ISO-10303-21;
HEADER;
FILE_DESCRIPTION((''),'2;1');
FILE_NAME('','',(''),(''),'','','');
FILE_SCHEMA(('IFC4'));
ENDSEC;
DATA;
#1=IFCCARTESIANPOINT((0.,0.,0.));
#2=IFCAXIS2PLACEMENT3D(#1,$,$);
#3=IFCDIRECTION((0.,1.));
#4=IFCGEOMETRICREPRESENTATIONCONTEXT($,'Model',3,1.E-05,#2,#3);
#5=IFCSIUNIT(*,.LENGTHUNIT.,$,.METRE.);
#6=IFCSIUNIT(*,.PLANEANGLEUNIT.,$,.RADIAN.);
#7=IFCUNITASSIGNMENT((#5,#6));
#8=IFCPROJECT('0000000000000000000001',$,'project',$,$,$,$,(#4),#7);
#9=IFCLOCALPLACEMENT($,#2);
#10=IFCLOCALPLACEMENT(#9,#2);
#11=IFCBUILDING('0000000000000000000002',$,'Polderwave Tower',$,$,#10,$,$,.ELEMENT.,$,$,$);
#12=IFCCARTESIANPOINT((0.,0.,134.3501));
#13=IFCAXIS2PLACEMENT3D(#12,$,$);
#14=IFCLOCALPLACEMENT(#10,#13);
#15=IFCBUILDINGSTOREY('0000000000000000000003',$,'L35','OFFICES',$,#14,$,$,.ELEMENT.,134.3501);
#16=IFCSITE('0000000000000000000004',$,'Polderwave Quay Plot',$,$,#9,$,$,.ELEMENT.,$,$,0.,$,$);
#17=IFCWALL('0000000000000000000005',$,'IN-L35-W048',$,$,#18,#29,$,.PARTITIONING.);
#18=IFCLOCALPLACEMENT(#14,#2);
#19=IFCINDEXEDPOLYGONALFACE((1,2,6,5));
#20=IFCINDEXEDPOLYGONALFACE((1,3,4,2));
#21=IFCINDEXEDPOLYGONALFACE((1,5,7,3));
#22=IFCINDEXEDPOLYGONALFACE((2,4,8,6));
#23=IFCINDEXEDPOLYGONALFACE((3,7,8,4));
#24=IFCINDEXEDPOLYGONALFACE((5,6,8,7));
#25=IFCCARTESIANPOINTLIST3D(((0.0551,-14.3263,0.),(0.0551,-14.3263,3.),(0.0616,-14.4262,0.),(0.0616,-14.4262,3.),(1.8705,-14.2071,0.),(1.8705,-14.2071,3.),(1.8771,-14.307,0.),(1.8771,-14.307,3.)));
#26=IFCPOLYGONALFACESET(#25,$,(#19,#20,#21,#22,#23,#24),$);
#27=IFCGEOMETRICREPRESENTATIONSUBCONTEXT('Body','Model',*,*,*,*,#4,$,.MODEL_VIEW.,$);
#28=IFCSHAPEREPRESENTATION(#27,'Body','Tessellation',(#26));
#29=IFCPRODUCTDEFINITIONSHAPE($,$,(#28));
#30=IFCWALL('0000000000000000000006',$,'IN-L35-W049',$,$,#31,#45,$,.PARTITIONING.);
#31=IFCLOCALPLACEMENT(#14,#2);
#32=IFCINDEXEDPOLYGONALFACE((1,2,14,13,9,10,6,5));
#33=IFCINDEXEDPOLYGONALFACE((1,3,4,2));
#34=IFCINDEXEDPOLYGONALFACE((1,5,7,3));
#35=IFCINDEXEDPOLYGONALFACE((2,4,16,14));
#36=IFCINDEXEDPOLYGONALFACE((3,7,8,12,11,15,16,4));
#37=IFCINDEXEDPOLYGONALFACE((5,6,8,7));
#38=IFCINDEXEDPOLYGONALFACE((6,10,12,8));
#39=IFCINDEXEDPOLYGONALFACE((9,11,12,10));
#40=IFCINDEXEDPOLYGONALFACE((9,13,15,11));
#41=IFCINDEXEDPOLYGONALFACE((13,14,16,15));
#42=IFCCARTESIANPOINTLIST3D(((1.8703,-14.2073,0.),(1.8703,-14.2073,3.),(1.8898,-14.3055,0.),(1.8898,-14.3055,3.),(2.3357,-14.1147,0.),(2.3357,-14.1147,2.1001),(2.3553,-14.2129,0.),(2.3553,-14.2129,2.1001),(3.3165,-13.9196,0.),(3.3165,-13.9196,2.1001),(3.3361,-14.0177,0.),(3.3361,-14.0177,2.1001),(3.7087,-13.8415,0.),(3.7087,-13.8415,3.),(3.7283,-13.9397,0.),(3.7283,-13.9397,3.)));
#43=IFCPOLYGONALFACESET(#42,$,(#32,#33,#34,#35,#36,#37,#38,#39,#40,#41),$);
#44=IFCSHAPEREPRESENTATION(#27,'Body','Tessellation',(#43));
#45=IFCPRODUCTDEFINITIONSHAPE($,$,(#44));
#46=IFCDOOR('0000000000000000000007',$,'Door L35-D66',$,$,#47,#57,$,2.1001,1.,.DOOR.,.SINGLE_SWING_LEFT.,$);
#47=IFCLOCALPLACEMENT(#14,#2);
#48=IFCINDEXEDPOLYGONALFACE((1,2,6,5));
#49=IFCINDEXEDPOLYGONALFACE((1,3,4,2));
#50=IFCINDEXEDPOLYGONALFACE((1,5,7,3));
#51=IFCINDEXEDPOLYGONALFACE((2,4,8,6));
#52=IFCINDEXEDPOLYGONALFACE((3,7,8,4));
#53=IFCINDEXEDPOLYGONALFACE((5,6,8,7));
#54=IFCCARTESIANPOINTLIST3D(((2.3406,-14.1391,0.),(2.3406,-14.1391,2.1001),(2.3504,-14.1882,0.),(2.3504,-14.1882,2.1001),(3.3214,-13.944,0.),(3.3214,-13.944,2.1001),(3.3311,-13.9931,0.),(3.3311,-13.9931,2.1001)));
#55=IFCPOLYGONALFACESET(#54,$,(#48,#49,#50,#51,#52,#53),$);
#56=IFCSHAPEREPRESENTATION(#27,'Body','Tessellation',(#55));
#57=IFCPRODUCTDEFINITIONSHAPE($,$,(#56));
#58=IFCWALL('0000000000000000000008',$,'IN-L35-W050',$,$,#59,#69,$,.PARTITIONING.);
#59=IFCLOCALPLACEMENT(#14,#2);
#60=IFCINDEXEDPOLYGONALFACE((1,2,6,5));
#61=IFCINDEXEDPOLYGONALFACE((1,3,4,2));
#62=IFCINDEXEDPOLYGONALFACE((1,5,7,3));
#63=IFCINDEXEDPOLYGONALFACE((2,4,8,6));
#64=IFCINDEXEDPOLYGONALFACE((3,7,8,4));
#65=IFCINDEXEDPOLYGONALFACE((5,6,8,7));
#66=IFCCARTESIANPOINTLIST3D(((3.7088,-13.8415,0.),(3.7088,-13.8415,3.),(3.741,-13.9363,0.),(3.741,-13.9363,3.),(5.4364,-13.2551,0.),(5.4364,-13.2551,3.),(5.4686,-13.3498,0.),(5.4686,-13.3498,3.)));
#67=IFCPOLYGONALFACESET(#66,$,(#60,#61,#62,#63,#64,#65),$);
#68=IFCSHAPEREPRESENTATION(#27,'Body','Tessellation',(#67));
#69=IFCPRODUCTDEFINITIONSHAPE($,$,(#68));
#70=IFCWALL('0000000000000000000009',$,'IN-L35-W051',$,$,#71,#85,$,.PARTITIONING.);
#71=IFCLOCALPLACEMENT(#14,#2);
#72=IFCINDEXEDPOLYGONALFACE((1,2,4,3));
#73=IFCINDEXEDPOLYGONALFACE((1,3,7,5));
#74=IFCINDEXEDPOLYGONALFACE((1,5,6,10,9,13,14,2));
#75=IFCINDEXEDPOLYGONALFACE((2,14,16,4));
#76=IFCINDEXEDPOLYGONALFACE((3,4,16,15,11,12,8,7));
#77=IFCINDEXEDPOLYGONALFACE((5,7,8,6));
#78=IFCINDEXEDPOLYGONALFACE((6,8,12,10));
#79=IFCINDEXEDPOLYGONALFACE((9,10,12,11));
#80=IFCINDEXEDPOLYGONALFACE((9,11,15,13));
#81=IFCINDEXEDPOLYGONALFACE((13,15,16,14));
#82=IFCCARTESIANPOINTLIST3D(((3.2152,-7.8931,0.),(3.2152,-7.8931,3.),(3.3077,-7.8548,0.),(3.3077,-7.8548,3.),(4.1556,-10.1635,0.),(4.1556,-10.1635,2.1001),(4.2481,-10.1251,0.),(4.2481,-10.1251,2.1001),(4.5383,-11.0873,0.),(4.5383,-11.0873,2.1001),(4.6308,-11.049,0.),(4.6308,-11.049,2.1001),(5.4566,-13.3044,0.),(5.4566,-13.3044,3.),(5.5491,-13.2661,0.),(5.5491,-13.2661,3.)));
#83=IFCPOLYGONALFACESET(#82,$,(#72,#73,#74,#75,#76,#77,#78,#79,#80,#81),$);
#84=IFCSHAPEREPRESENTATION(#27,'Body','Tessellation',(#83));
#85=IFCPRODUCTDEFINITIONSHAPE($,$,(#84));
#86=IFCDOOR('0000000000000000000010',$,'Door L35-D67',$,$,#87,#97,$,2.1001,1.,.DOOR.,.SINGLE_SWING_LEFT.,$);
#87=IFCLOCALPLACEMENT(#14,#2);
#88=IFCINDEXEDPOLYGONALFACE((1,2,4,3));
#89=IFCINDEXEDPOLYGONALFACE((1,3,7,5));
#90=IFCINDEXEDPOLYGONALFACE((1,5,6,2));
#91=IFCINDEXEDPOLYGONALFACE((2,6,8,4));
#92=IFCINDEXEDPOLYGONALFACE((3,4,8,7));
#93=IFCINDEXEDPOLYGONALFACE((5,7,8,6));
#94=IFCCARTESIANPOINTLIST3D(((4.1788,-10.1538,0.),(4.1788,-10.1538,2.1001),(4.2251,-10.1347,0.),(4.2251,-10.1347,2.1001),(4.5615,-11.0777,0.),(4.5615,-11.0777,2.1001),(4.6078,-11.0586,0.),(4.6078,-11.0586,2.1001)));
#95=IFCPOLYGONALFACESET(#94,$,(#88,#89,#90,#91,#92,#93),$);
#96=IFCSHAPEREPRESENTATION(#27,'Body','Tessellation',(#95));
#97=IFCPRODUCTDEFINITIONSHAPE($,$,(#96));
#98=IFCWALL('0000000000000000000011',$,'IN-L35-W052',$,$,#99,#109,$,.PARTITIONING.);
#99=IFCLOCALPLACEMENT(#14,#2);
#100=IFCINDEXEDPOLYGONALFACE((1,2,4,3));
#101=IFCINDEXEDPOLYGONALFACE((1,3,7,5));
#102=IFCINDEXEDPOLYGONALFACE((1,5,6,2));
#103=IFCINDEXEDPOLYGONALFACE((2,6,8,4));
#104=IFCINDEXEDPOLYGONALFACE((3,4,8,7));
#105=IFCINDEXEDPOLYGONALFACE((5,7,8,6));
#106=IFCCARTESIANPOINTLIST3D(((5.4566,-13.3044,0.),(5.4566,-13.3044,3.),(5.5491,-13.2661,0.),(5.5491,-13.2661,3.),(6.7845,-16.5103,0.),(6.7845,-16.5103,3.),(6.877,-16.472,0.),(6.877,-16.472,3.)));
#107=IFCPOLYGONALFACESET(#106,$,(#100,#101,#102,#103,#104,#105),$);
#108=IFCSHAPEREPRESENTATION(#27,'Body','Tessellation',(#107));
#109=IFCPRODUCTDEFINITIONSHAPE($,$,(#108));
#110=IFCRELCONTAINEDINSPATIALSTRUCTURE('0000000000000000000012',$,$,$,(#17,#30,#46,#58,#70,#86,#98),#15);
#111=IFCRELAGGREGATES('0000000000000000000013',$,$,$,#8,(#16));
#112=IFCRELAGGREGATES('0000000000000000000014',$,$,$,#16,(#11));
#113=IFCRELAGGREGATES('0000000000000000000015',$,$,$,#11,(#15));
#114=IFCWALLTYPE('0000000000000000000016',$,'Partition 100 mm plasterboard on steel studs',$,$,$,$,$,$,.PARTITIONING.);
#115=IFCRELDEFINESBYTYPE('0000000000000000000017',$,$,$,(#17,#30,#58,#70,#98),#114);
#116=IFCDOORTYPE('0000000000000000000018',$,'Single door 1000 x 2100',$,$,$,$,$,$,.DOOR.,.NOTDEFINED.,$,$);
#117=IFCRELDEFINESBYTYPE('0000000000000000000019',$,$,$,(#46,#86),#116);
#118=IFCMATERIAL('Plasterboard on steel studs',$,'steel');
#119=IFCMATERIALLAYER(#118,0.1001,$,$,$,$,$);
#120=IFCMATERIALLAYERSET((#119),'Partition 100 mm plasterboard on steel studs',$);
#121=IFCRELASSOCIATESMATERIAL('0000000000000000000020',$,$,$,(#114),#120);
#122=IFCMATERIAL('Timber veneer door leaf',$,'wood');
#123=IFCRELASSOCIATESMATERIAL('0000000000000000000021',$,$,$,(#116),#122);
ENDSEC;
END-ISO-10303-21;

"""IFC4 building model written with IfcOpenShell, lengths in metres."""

from ifc_helpers import new_model, si_unit, direction, frame, frame_2d, origin, place, context, subcontext, project, spatial, rectangle, extrude, material, layer, layer_set, type_object, element, fill, save


model = new_model("IFC4")

# Units and contexts
model_context = context("Model", 3, precision=1e-05, world=origin(), true_north=direction((0.0, 1.0)))
body_context = subcontext(model_context, "Body", "Model", "MODEL_VIEW")
ifc_project = project(units=[si_unit("LENGTHUNIT", "METRE"), si_unit("PLANEANGLEUNIT", "RADIAN")], contexts=[model_context])

# Site, building, storey
site_placement = place(None, origin())
site = spatial("IfcSite", under=ifc_project, at=site_placement, Name="Polderwave Quay Plot", CompositionType="ELEMENT", RefElevation=0.0)
building_placement = place(site_placement, origin())
building = spatial("IfcBuilding", under=site, at=building_placement, Name="Polderwave Tower", CompositionType="ELEMENT")
storey_placement = place(building_placement, frame((0.0, 0.0, 134.3501)))
storey = spatial("IfcBuildingStorey", under=building, at=storey_placement, Name="L35", Description="OFFICES", CompositionType="ELEMENT", Elevation=134.3501)

# Wall
ifc_material_1 = material(Name="Plasterboard on steel studs", Category="steel")
ifc_layer_1 = layer(ifc_material_1, 0.1001)
ifc_layer_set_1 = layer_set([ifc_layer_1], Name="Partition 100 mm plasterboard on steel studs")
wall_type_1 = type_object("IfcWallType", Name="Partition 100 mm plasterboard on steel studs", PredefinedType="PARTITIONING", material=ifc_layer_set_1)
wall_1_placement = place(storey_placement, frame((1.8738, -14.2571, 0.0), z_axis=(0.0, 0.0, 1.0), x_axis=(-0.997854, -0.065486, 0.0)))
element("IfcWall", 1, at=wall_1_placement, inside=storey, type_object=wall_type_1, Name="IN-L35-W048", PredefinedType="PARTITIONING", context=body_context, shape_type="SweptSolid", body=[
    extrude(rectangle(XDim=1.8193, YDim=0.1001, at=frame_2d((0.9097, 0.0))), origin(), (0.0, 0.0, 1.0), 3.0),
])

# Wall, opening, door
wall_2_placement = place(storey_placement, frame((3.7185, -13.8906, 0.0), z_axis=(0.0, 0.0, 1.0), x_axis=(-0.980781, -0.195114, 0.0)))
wall_2 = element("IfcWall", 2, at=wall_2_placement, inside=storey, type_object=wall_type_1, Name="IN-L35-W049", PredefinedType="PARTITIONING", context=body_context, shape_type="SweptSolid", body=[
    extrude(rectangle(XDim=1.8745, YDim=0.1001, at=frame_2d((0.9373, 0.0))), origin(), (0.0, 0.0, 1.0), 3.0),
])
opening_1_placement = place(wall_2_placement, frame((0.3999, 0.0, 0.0)))
opening_1 = element("IfcOpeningElement", 3, at=opening_1_placement, cuts=wall_2, PredefinedType="OPENING", context=body_context, shape_type="SweptSolid", body=[
    extrude(rectangle(XDim=1.0, YDim=2.1001, at=frame_2d((0.5, 1.05))), frame((0.0, 0.0601, 0.0), z_axis=(0.0, -1.0, 0.0), x_axis=(1.0, 0.0, 0.0)), (0.0, 0.0, 1.0), 0.1201),
])
ifc_material_2 = material(Name="Timber veneer door leaf", Category="wood")
door_type = type_object("IfcDoorType", Name="Single door 1000 x 2100", OperationType="NOTDEFINED", PredefinedType="DOOR", material=ifc_material_2)
door_1_placement = place(opening_1_placement, origin())
door_1 = element("IfcDoor", 4, at=door_1_placement, inside=storey, type_object=door_type, Name="Door L35-D66", OperationType="SINGLE_SWING_LEFT", OverallHeight=2.1001, OverallWidth=1.0, PredefinedType="DOOR", context=body_context, shape_type="SweptSolid", body=[
    extrude(rectangle(XDim=1.0, YDim=2.1001, at=frame_2d((0.5, 1.05))), frame((0.0, 0.0249, 0.0), z_axis=(0.0, -1.0, 0.0), x_axis=(1.0, 0.0, 0.0)), (0.0, 0.0, 1.0), 0.05),
])
fill(opening_1, door_1)

# Wall
wall_3_placement = place(storey_placement, frame((5.4524, -13.3025, 0.0), z_axis=(0.0, 0.0, 1.0), x_axis=(-0.946929, -0.321442, 0.0)))
element("IfcWall", 5, at=wall_3_placement, inside=storey, type_object=wall_type_1, Name="IN-L35-W050", PredefinedType="PARTITIONING", context=body_context, shape_type="SweptSolid", body=[
    extrude(rectangle(XDim=1.8245, YDim=0.1001, at=frame_2d((0.9121, 0.0))), origin(), (0.0, 0.0, 1.0), 3.0),
])

# Wall, opening, door
wall_4_placement = place(storey_placement, frame((5.5029, -13.2854, 0.0), z_axis=(0.0, 0.0, 1.0), x_axis=(-0.382682, 0.92388, 0.0)))
wall_4 = element("IfcWall", 6, at=wall_4_placement, inside=storey, type_object=wall_type_1, Name="IN-L35-W051", PredefinedType="PARTITIONING", context=body_context, shape_type="SweptSolid", body=[
    extrude(rectangle(XDim=5.8572, YDim=0.1001, at=frame_2d((2.9287, 0.0))), origin(), (0.0, 0.0, 1.0), 3.0),
])
opening_2_placement = place(wall_4_placement, frame((2.3999, 0.0, 0.0)))
opening_2 = element("IfcOpeningElement", 7, at=opening_2_placement, cuts=wall_4, PredefinedType="OPENING", context=body_context, shape_type="SweptSolid", body=[
    extrude(rectangle(XDim=1.0, YDim=2.1001, at=frame_2d((0.5, 1.05))), frame((0.0, 0.0601, 0.0), z_axis=(0.0, -1.0, 0.0), x_axis=(1.0, 0.0, 0.0)), (0.0, 0.0, 1.0), 0.1201),
])
door_2_placement = place(opening_2_placement, origin())
door_2 = element("IfcDoor", 8, at=door_2_placement, inside=storey, type_object=door_type, Name="Door L35-D67", OperationType="SINGLE_SWING_LEFT", OverallHeight=2.1001, OverallWidth=1.0, PredefinedType="DOOR", context=body_context, shape_type="SweptSolid", body=[
    extrude(rectangle(XDim=1.0, YDim=2.1001, at=frame_2d((0.5, 1.05))), frame((0.0, 0.0249, 0.0), z_axis=(0.0, -1.0, 0.0), x_axis=(1.0, 0.0, 0.0)), (0.0, 0.0, 1.0), 0.05),
])
fill(opening_2, door_2)

# Wall
wall_5_placement = place(storey_placement, frame((5.5029, -13.2854, 0.0), z_axis=(0.0, 0.0, 1.0), x_axis=(0.382681, -0.92388, 0.0)))
element("IfcWall", 9, at=wall_5_placement, inside=storey, type_object=wall_type_1, Name="IN-L35-W052", PredefinedType="PARTITIONING", context=body_context, shape_type="SweptSolid", body=[
    extrude(rectangle(XDim=3.47, YDim=0.1001, at=frame_2d((1.7349, 0.0))), origin(), (0.0, 0.0, 1.0), 3.0),
])

save(model, "model.ifc")
